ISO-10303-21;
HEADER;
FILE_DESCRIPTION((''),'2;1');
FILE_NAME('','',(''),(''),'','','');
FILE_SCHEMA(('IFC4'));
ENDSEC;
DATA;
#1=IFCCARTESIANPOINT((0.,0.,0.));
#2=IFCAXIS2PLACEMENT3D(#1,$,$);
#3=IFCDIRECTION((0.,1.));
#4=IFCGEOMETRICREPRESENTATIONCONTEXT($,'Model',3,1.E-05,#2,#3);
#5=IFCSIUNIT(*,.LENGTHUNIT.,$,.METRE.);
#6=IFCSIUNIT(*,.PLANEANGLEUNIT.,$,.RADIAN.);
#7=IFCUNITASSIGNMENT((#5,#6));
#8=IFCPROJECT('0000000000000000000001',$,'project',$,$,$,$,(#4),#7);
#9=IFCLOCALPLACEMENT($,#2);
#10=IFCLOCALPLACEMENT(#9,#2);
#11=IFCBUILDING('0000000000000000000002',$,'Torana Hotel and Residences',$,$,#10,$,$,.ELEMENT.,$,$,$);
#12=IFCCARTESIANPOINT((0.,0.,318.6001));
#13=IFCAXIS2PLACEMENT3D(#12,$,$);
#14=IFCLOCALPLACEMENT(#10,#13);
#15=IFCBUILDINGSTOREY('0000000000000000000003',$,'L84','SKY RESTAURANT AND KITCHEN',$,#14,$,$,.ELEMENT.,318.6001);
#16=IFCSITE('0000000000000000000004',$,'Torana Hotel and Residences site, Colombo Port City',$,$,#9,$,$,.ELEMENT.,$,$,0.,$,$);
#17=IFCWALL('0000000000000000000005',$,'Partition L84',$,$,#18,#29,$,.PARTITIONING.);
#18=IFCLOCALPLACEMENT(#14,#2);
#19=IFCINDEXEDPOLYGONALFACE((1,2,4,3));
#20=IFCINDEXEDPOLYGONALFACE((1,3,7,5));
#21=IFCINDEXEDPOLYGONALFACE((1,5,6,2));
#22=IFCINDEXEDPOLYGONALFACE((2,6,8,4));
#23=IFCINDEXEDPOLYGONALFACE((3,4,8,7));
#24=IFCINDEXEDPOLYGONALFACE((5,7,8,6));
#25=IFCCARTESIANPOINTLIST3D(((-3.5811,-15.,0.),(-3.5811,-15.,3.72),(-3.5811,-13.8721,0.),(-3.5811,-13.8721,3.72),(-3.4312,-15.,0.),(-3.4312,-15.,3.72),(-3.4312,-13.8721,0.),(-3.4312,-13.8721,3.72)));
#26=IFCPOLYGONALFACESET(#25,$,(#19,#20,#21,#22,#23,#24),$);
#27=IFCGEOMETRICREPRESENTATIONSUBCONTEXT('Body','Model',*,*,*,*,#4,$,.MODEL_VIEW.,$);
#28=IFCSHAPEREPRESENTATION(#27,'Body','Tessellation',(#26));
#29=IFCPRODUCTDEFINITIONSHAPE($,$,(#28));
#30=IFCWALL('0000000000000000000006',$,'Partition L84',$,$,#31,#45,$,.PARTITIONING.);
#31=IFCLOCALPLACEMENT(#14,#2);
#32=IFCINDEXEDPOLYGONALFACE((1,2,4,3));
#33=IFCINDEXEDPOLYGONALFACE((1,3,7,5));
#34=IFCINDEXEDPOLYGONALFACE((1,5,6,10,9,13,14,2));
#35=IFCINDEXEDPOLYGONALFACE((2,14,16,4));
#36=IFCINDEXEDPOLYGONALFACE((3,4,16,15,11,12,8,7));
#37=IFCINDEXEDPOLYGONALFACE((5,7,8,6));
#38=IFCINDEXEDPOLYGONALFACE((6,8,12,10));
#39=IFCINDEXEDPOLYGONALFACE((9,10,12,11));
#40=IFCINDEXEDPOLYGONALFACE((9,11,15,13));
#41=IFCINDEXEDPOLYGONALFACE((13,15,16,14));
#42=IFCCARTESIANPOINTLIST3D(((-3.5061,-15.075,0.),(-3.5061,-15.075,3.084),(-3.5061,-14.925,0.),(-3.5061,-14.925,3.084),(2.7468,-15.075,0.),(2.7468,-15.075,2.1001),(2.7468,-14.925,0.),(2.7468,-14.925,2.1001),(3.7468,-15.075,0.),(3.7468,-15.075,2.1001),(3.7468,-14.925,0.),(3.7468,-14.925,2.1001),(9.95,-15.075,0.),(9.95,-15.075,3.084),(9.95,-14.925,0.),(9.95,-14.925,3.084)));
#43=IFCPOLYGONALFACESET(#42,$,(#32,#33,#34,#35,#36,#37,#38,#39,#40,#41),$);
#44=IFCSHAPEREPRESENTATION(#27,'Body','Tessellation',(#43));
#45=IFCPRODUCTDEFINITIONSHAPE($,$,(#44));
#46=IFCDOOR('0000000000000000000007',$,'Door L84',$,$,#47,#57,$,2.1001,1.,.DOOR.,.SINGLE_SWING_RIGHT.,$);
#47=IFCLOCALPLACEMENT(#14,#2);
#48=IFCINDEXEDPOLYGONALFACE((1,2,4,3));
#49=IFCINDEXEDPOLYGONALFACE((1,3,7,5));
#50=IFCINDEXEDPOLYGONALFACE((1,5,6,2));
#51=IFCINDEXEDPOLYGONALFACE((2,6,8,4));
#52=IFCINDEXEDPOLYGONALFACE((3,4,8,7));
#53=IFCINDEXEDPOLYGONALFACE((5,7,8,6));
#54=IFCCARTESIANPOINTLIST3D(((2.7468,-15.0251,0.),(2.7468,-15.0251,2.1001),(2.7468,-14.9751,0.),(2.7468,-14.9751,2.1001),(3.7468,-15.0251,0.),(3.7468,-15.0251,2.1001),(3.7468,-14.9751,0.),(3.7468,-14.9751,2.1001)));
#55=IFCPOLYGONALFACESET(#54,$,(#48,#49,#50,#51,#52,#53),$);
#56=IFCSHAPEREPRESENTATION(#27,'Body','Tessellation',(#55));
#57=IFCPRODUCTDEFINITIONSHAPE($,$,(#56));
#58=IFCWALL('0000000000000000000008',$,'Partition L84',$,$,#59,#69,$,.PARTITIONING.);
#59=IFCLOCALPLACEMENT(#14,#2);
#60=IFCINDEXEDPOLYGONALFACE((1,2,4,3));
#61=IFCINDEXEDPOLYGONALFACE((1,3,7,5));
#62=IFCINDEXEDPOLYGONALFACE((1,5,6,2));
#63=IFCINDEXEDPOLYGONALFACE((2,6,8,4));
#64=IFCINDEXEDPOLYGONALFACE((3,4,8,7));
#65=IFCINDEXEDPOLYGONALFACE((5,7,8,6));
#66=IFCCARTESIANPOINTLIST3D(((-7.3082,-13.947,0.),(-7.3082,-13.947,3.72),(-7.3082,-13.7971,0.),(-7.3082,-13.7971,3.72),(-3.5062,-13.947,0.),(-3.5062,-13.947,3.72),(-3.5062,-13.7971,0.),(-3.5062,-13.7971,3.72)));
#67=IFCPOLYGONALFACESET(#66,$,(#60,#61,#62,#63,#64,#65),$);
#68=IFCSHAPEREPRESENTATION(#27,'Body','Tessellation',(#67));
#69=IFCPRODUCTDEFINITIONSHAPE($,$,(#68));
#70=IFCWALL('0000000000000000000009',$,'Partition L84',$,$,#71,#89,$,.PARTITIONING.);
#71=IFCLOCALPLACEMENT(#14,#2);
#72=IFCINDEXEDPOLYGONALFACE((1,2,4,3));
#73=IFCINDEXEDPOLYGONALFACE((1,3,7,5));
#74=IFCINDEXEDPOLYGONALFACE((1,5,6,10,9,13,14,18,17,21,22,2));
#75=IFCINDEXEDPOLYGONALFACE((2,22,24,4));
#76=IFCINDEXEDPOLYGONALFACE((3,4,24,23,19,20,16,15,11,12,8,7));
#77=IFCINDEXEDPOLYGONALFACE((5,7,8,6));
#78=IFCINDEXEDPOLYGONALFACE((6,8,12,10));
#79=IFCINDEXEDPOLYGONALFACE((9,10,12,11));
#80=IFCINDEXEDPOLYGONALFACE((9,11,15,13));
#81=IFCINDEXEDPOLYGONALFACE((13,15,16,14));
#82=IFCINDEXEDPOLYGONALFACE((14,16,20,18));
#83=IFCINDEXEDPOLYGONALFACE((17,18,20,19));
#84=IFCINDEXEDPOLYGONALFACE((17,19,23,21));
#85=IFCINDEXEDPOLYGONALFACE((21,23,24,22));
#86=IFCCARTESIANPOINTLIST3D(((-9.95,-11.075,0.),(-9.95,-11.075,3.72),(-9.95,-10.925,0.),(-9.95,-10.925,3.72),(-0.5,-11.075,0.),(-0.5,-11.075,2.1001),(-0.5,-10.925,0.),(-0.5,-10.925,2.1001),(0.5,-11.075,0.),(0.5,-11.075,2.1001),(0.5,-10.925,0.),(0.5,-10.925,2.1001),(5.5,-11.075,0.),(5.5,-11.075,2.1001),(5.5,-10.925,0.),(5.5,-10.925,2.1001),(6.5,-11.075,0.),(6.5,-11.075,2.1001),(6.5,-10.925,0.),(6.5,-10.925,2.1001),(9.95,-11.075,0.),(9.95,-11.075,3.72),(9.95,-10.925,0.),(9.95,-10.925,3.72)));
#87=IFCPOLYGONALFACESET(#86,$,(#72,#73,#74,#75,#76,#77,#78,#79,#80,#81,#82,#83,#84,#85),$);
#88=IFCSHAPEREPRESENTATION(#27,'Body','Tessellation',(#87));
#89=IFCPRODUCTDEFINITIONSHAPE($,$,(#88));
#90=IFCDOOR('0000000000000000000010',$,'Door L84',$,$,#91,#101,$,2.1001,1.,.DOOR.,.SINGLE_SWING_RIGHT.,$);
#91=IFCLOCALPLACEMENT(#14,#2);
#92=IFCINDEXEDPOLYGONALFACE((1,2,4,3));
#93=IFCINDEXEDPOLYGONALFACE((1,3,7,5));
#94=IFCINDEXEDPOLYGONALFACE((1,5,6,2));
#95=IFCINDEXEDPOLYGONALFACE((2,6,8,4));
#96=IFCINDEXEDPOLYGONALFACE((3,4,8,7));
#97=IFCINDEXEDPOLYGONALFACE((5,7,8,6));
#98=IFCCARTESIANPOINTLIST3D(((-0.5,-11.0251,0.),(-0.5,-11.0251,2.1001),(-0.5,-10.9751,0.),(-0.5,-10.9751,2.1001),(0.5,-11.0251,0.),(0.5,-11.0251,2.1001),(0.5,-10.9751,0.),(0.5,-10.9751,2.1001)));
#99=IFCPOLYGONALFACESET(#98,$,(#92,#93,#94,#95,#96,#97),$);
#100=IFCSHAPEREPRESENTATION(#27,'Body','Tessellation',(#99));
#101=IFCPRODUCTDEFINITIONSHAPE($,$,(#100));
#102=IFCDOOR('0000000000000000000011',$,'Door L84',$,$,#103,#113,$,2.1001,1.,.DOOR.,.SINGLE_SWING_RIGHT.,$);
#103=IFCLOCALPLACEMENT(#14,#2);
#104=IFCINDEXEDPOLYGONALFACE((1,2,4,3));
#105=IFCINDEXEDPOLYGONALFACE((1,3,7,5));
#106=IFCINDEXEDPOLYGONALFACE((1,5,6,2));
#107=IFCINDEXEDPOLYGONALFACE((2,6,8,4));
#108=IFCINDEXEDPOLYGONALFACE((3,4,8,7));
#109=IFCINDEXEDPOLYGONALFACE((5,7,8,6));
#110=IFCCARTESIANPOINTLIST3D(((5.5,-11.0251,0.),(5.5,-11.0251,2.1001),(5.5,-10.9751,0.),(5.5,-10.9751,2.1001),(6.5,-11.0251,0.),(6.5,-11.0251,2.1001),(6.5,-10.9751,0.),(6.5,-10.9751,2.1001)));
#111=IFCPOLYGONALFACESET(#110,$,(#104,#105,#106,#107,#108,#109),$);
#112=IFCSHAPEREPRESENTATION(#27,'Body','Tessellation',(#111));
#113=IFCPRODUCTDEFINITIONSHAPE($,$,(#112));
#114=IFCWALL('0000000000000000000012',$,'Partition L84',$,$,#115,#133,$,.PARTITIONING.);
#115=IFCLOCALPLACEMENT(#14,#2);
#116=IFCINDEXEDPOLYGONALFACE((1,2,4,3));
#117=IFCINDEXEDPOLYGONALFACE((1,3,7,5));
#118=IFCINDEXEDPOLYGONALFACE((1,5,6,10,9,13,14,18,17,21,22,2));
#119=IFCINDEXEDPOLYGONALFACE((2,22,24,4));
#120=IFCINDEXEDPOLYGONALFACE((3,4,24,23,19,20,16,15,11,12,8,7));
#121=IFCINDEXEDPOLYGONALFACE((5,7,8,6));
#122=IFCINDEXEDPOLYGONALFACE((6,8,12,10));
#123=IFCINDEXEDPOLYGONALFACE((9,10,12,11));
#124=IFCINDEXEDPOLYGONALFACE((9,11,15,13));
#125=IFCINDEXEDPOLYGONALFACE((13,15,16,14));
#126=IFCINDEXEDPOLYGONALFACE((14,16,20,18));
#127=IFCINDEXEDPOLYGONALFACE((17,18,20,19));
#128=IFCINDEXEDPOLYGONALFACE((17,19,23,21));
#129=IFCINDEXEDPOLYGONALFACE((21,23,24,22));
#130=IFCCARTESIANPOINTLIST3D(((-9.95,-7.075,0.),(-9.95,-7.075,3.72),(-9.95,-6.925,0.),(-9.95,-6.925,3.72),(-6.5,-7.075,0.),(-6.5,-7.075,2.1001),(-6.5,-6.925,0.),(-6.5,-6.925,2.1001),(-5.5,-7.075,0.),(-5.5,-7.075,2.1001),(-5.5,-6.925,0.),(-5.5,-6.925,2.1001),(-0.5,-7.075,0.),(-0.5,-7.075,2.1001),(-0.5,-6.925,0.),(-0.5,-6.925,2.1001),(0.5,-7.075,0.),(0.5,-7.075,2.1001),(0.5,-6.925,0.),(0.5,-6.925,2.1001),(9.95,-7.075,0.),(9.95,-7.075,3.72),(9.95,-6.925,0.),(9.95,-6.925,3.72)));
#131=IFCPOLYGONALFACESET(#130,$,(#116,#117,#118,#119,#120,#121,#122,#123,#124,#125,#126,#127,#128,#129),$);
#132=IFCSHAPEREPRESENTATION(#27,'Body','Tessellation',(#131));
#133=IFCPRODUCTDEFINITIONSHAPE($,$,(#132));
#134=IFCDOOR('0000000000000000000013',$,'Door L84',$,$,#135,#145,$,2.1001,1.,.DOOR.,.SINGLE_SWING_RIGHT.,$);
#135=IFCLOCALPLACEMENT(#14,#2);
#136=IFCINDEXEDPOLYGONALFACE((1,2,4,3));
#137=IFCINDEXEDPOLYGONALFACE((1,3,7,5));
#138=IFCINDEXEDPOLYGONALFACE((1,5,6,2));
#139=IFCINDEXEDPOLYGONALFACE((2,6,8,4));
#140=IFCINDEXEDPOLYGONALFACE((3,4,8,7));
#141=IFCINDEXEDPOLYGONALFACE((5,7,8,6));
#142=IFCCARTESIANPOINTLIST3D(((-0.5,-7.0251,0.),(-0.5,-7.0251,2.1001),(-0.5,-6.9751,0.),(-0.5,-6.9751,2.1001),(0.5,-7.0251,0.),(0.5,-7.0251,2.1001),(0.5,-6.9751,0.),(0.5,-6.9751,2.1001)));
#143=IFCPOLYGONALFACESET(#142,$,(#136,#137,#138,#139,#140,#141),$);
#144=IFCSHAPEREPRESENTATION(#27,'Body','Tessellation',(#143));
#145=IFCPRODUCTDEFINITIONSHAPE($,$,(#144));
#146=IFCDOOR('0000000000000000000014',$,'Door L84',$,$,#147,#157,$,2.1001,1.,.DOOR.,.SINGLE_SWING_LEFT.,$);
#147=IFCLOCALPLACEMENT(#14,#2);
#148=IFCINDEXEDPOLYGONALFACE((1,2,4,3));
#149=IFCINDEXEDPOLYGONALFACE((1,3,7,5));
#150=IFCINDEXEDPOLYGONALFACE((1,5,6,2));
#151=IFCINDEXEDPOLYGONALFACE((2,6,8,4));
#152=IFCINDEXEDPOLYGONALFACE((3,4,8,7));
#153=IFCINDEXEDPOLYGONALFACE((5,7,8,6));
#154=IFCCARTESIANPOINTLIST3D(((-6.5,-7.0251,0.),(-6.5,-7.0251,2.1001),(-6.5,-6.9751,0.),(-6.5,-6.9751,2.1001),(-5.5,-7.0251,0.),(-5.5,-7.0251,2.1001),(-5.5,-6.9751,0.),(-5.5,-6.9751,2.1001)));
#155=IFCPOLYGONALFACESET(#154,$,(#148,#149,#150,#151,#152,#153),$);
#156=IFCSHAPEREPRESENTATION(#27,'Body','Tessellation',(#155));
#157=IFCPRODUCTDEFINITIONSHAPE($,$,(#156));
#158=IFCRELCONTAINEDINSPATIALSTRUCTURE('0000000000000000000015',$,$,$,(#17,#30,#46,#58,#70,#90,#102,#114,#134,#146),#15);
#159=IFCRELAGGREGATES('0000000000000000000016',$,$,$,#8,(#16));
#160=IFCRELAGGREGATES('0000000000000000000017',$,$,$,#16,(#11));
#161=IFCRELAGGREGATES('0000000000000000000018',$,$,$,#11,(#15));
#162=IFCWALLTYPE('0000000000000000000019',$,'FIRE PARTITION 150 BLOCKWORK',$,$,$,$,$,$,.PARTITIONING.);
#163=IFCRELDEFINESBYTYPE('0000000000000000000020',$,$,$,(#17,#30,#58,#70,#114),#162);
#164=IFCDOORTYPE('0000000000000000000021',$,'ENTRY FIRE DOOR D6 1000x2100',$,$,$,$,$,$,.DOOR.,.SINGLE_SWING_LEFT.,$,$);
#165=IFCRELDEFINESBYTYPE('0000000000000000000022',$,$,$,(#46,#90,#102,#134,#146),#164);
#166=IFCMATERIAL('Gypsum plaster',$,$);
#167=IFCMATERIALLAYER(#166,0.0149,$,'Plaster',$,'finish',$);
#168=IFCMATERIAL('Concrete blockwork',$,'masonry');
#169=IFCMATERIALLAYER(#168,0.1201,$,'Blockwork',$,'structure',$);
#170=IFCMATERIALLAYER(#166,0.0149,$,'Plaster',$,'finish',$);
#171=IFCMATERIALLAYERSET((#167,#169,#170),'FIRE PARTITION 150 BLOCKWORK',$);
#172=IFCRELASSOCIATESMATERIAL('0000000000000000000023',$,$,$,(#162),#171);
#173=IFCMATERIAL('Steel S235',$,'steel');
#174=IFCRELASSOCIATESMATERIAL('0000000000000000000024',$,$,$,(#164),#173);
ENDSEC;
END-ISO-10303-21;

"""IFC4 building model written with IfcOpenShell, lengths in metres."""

from ifc_helpers import new_model, si_unit, direction, frame, frame_2d, origin, place, context, subcontext, project, spatial, rectangle, extrude, material, layer, layer_set, type_object, element, fill, save


model = new_model("IFC4")

# Units and contexts
model_context = context("Model", 3, precision=1e-05, world=origin(), true_north=direction((0.0, 1.0)))
body_context = subcontext(model_context, "Body", "Model", "MODEL_VIEW")
ifc_project = project(units=[si_unit("LENGTHUNIT", "METRE"), si_unit("PLANEANGLEUNIT", "RADIAN")], contexts=[model_context])

# Site, building, storey
site_placement = place(None, origin())
site = spatial("IfcSite", under=ifc_project, at=site_placement, Name="Torana Hotel and Residences site, Colombo Port City", CompositionType="ELEMENT", RefElevation=0.0)
building_placement = place(site_placement, origin())
building = spatial("IfcBuilding", under=site, at=building_placement, Name="Torana Hotel and Residences", CompositionType="ELEMENT")
storey_placement = place(building_placement, frame((0.0, 0.0, 318.6001)))
storey = spatial("IfcBuildingStorey", under=building, at=storey_placement, Name="L84", Description="SKY RESTAURANT AND KITCHEN", CompositionType="ELEMENT", Elevation=318.6001)

# Wall
ifc_material_1 = material(Name="Gypsum plaster")
ifc_layer_1 = layer(ifc_material_1, 0.0149, Name="Plaster", Category="finish")
ifc_material_2 = material(Name="Concrete blockwork", Category="masonry")
ifc_layer_2 = layer(ifc_material_2, 0.1201, Name="Blockwork", Category="structure")
ifc_layer_3 = layer(ifc_material_1, 0.0149, Name="Plaster", Category="finish")
ifc_layer_set_1 = layer_set([ifc_layer_1, ifc_layer_2, ifc_layer_3], Name="FIRE PARTITION 150 BLOCKWORK")
wall_type_1 = type_object("IfcWallType", Name="FIRE PARTITION 150 BLOCKWORK", PredefinedType="PARTITIONING", material=ifc_layer_set_1)
wall_1_placement = place(storey_placement, frame((-3.5061, -15.0, 0.0), z_axis=(0.0, 0.0, 1.0), x_axis=(0.0, 1.0, 0.0)))
element("IfcWall", 1, at=wall_1_placement, inside=storey, type_object=wall_type_1, Name="Partition L84", PredefinedType="PARTITIONING", context=body_context, shape_type="SweptSolid", body=[
    extrude(rectangle(XDim=1.1279, YDim=0.1499, at=frame_2d((0.564, 0.0))), origin(), (0.0, 0.0, 1.0), 3.72),
])

# Wall, opening, door
wall_2_placement = place(storey_placement, frame((-3.5061, -15.0, 0.0), z_axis=(0.0, 0.0, 1.0), x_axis=(1.0, 0.0, 0.0)))
wall_2 = element("IfcWall", 2, at=wall_2_placement, inside=storey, type_object=wall_type_1, Name="Partition L84", PredefinedType="PARTITIONING", context=body_context, shape_type="SweptSolid", body=[
    extrude(rectangle(XDim=13.4561, YDim=0.1499, at=frame_2d((6.728, 0.0))), origin(), (0.0, 0.0, 1.0), 3.084),
])
opening_1_placement = place(wall_2_placement, frame((6.2529, 0.0, 0.0)))
opening_1 = element("IfcOpeningElement", 3, at=opening_1_placement, cuts=wall_2, PredefinedType="OPENING", context=body_context, shape_type="SweptSolid", body=[
    extrude(rectangle(XDim=1.0, YDim=2.1001, at=frame_2d((0.5, 1.05))), frame((0.0, 0.085, 0.0), z_axis=(0.0, -1.0, 0.0), x_axis=(1.0, 0.0, 0.0)), (0.0, 0.0, 1.0), 0.1699),
])
ifc_material_3 = material(Name="Steel S235", Category="steel")
door_type = type_object("IfcDoorType", Name="ENTRY FIRE DOOR D6 1000x2100", OperationType="SINGLE_SWING_LEFT", PredefinedType="DOOR", material=ifc_material_3)
door_1_placement = place(opening_1_placement, origin())
door_1 = element("IfcDoor", 4, at=door_1_placement, inside=storey, type_object=door_type, Name="Door L84", OperationType="SINGLE_SWING_RIGHT", OverallHeight=2.1001, OverallWidth=1.0, PredefinedType="DOOR", context=body_context, shape_type="SweptSolid", body=[
    extrude(rectangle(XDim=1.0, YDim=2.1001, at=frame_2d((0.5, 1.05))), frame((0.0, 0.0249, 0.0), z_axis=(0.0, -1.0, 0.0), x_axis=(1.0, 0.0, 0.0)), (0.0, 0.0, 1.0), 0.05),
])
fill(opening_1, door_1)

# Wall
wall_3_placement = place(storey_placement, frame((-7.3081, -13.8721, 0.0), z_axis=(0.0, 0.0, 1.0), x_axis=(1.0, 0.0, 0.0)))
element("IfcWall", 5, at=wall_3_placement, inside=storey, type_object=wall_type_1, Name="Partition L84", PredefinedType="PARTITIONING", context=body_context, shape_type="SweptSolid", body=[
    extrude(rectangle(XDim=3.802, YDim=0.1499, at=frame_2d((1.9009, 0.0))), origin(), (0.0, 0.0, 1.0), 3.72),
])

# Walls, openings, doors
wall_4_placement = place(storey_placement, frame((-9.95, -11.0, 0.0), z_axis=(0.0, 0.0, 1.0), x_axis=(1.0, 0.0, 0.0)))
wall_4 = element("IfcWall", 6, at=wall_4_placement, inside=storey, type_object=wall_type_1, Name="Partition L84", PredefinedType="PARTITIONING", context=body_context, shape_type="SweptSolid", body=[
    extrude(rectangle(XDim=19.8999, YDim=0.1499, at=frame_2d((9.95, 0.0))), origin(), (0.0, 0.0, 1.0), 3.72),
])
opening_2_placement = place(wall_4_placement, frame((9.45, 0.0, 0.0)))
opening_2 = element("IfcOpeningElement", 7, at=opening_2_placement, cuts=wall_4, PredefinedType="OPENING", context=body_context, shape_type="SweptSolid", body=[
    extrude(rectangle(XDim=1.0, YDim=2.1001, at=frame_2d((0.5, 1.05))), frame((0.0, 0.085, 0.0), z_axis=(0.0, -1.0, 0.0), x_axis=(1.0, 0.0, 0.0)), (0.0, 0.0, 1.0), 0.1699),
])
opening_3_placement = place(wall_4_placement, frame((15.45, 0.0, 0.0)))
opening_3 = element("IfcOpeningElement", 8, at=opening_3_placement, cuts=wall_4, PredefinedType="OPENING", context=body_context, shape_type="SweptSolid", body=[
    extrude(rectangle(XDim=1.0, YDim=2.1001, at=frame_2d((0.5, 1.05))), frame((0.0, 0.085, 0.0), z_axis=(0.0, -1.0, 0.0), x_axis=(1.0, 0.0, 0.0)), (0.0, 0.0, 1.0), 0.1699),
])
door_2_placement = place(opening_2_placement, origin())
door_2 = element("IfcDoor", 9, at=door_2_placement, inside=storey, type_object=door_type, Name="Door L84", OperationType="SINGLE_SWING_RIGHT", OverallHeight=2.1001, OverallWidth=1.0, PredefinedType="DOOR", context=body_context, shape_type="SweptSolid", body=[
    extrude(rectangle(XDim=1.0, YDim=2.1001, at=frame_2d((0.5, 1.05))), frame((0.0, 0.0249, 0.0), z_axis=(0.0, -1.0, 0.0), x_axis=(1.0, 0.0, 0.0)), (0.0, 0.0, 1.0), 0.05),
])
fill(opening_2, door_2)
door_3_placement = place(opening_3_placement, origin())
door_3 = element("IfcDoor", 10, at=door_3_placement, inside=storey, type_object=door_type, Name="Door L84", OperationType="SINGLE_SWING_RIGHT", OverallHeight=2.1001, OverallWidth=1.0, PredefinedType="DOOR", context=body_context, shape_type="SweptSolid", body=[
    extrude(rectangle(XDim=1.0, YDim=2.1001, at=frame_2d((0.5, 1.05))), frame((0.0, 0.0249, 0.0), z_axis=(0.0, -1.0, 0.0), x_axis=(1.0, 0.0, 0.0)), (0.0, 0.0, 1.0), 0.05),
])
fill(opening_3, door_3)
wall_5_placement = place(storey_placement, frame((-9.95, -7.0, 0.0), z_axis=(0.0, 0.0, 1.0), x_axis=(1.0, 0.0, 0.0)))
wall_5 = element("IfcWall", 11, at=wall_5_placement, inside=storey, type_object=wall_type_1, Name="Partition L84", PredefinedType="PARTITIONING", context=body_context, shape_type="SweptSolid", body=[
    extrude(rectangle(XDim=19.8999, YDim=0.1499, at=frame_2d((9.95, 0.0))), origin(), (0.0, 0.0, 1.0), 3.72),
])
opening_4_placement = place(wall_5_placement, frame((9.45, 0.0, 0.0)))
opening_4 = element("IfcOpeningElement", 12, at=opening_4_placement, cuts=wall_5, PredefinedType="OPENING", context=body_context, shape_type="SweptSolid", body=[
    extrude(rectangle(XDim=1.0, YDim=2.1001, at=frame_2d((0.5, 1.05))), frame((0.0, 0.085, 0.0), z_axis=(0.0, -1.0, 0.0), x_axis=(1.0, 0.0, 0.0)), (0.0, 0.0, 1.0), 0.1699),
])
opening_5_placement = place(wall_5_placement, frame((3.45, 0.0, 0.0)))
opening_5 = element("IfcOpeningElement", 13, at=opening_5_placement, cuts=wall_5, PredefinedType="OPENING", context=body_context, shape_type="SweptSolid", body=[
    extrude(rectangle(XDim=1.0, YDim=2.1001, at=frame_2d((0.5, 1.05))), frame((0.0, 0.085, 0.0), z_axis=(0.0, -1.0, 0.0), x_axis=(1.0, 0.0, 0.0)), (0.0, 0.0, 1.0), 0.1699),
])
door_4_placement = place(opening_4_placement, origin())
door_4 = element("IfcDoor", 14, at=door_4_placement, inside=storey, type_object=door_type, Name="Door L84", OperationType="SINGLE_SWING_RIGHT", OverallHeight=2.1001, OverallWidth=1.0, PredefinedType="DOOR", context=body_context, shape_type="SweptSolid", body=[
    extrude(rectangle(XDim=1.0, YDim=2.1001, at=frame_2d((0.5, 1.05))), frame((0.0, 0.0249, 0.0), z_axis=(0.0, -1.0, 0.0), x_axis=(1.0, 0.0, 0.0)), (0.0, 0.0, 1.0), 0.05),
])
fill(opening_4, door_4)
door_5_placement = place(opening_5_placement, frame((0.5, 0.0, 0.0), z_axis=(0.0, 0.0, 1.0), x_axis=(-1.0, 0.0, 0.0)))
door_5 = element("IfcDoor", 15, at=door_5_placement, inside=storey, type_object=door_type, Name="Door L84", OperationType="SINGLE_SWING_LEFT", OverallHeight=2.1001, OverallWidth=1.0, PredefinedType="DOOR", context=body_context, shape_type="SweptSolid", body=[
    extrude(rectangle(XDim=1.0, YDim=2.1001, at=frame_2d((0.0, 1.05))), frame((0.0, -0.0249, 0.0), z_axis=(0.0, 1.0, 0.0), x_axis=(-1.0, 0.0, 0.0)), (0.0, 0.0, 1.0), 0.05),
])
fill(opening_5, door_5)

save(model, "model.ifc")
